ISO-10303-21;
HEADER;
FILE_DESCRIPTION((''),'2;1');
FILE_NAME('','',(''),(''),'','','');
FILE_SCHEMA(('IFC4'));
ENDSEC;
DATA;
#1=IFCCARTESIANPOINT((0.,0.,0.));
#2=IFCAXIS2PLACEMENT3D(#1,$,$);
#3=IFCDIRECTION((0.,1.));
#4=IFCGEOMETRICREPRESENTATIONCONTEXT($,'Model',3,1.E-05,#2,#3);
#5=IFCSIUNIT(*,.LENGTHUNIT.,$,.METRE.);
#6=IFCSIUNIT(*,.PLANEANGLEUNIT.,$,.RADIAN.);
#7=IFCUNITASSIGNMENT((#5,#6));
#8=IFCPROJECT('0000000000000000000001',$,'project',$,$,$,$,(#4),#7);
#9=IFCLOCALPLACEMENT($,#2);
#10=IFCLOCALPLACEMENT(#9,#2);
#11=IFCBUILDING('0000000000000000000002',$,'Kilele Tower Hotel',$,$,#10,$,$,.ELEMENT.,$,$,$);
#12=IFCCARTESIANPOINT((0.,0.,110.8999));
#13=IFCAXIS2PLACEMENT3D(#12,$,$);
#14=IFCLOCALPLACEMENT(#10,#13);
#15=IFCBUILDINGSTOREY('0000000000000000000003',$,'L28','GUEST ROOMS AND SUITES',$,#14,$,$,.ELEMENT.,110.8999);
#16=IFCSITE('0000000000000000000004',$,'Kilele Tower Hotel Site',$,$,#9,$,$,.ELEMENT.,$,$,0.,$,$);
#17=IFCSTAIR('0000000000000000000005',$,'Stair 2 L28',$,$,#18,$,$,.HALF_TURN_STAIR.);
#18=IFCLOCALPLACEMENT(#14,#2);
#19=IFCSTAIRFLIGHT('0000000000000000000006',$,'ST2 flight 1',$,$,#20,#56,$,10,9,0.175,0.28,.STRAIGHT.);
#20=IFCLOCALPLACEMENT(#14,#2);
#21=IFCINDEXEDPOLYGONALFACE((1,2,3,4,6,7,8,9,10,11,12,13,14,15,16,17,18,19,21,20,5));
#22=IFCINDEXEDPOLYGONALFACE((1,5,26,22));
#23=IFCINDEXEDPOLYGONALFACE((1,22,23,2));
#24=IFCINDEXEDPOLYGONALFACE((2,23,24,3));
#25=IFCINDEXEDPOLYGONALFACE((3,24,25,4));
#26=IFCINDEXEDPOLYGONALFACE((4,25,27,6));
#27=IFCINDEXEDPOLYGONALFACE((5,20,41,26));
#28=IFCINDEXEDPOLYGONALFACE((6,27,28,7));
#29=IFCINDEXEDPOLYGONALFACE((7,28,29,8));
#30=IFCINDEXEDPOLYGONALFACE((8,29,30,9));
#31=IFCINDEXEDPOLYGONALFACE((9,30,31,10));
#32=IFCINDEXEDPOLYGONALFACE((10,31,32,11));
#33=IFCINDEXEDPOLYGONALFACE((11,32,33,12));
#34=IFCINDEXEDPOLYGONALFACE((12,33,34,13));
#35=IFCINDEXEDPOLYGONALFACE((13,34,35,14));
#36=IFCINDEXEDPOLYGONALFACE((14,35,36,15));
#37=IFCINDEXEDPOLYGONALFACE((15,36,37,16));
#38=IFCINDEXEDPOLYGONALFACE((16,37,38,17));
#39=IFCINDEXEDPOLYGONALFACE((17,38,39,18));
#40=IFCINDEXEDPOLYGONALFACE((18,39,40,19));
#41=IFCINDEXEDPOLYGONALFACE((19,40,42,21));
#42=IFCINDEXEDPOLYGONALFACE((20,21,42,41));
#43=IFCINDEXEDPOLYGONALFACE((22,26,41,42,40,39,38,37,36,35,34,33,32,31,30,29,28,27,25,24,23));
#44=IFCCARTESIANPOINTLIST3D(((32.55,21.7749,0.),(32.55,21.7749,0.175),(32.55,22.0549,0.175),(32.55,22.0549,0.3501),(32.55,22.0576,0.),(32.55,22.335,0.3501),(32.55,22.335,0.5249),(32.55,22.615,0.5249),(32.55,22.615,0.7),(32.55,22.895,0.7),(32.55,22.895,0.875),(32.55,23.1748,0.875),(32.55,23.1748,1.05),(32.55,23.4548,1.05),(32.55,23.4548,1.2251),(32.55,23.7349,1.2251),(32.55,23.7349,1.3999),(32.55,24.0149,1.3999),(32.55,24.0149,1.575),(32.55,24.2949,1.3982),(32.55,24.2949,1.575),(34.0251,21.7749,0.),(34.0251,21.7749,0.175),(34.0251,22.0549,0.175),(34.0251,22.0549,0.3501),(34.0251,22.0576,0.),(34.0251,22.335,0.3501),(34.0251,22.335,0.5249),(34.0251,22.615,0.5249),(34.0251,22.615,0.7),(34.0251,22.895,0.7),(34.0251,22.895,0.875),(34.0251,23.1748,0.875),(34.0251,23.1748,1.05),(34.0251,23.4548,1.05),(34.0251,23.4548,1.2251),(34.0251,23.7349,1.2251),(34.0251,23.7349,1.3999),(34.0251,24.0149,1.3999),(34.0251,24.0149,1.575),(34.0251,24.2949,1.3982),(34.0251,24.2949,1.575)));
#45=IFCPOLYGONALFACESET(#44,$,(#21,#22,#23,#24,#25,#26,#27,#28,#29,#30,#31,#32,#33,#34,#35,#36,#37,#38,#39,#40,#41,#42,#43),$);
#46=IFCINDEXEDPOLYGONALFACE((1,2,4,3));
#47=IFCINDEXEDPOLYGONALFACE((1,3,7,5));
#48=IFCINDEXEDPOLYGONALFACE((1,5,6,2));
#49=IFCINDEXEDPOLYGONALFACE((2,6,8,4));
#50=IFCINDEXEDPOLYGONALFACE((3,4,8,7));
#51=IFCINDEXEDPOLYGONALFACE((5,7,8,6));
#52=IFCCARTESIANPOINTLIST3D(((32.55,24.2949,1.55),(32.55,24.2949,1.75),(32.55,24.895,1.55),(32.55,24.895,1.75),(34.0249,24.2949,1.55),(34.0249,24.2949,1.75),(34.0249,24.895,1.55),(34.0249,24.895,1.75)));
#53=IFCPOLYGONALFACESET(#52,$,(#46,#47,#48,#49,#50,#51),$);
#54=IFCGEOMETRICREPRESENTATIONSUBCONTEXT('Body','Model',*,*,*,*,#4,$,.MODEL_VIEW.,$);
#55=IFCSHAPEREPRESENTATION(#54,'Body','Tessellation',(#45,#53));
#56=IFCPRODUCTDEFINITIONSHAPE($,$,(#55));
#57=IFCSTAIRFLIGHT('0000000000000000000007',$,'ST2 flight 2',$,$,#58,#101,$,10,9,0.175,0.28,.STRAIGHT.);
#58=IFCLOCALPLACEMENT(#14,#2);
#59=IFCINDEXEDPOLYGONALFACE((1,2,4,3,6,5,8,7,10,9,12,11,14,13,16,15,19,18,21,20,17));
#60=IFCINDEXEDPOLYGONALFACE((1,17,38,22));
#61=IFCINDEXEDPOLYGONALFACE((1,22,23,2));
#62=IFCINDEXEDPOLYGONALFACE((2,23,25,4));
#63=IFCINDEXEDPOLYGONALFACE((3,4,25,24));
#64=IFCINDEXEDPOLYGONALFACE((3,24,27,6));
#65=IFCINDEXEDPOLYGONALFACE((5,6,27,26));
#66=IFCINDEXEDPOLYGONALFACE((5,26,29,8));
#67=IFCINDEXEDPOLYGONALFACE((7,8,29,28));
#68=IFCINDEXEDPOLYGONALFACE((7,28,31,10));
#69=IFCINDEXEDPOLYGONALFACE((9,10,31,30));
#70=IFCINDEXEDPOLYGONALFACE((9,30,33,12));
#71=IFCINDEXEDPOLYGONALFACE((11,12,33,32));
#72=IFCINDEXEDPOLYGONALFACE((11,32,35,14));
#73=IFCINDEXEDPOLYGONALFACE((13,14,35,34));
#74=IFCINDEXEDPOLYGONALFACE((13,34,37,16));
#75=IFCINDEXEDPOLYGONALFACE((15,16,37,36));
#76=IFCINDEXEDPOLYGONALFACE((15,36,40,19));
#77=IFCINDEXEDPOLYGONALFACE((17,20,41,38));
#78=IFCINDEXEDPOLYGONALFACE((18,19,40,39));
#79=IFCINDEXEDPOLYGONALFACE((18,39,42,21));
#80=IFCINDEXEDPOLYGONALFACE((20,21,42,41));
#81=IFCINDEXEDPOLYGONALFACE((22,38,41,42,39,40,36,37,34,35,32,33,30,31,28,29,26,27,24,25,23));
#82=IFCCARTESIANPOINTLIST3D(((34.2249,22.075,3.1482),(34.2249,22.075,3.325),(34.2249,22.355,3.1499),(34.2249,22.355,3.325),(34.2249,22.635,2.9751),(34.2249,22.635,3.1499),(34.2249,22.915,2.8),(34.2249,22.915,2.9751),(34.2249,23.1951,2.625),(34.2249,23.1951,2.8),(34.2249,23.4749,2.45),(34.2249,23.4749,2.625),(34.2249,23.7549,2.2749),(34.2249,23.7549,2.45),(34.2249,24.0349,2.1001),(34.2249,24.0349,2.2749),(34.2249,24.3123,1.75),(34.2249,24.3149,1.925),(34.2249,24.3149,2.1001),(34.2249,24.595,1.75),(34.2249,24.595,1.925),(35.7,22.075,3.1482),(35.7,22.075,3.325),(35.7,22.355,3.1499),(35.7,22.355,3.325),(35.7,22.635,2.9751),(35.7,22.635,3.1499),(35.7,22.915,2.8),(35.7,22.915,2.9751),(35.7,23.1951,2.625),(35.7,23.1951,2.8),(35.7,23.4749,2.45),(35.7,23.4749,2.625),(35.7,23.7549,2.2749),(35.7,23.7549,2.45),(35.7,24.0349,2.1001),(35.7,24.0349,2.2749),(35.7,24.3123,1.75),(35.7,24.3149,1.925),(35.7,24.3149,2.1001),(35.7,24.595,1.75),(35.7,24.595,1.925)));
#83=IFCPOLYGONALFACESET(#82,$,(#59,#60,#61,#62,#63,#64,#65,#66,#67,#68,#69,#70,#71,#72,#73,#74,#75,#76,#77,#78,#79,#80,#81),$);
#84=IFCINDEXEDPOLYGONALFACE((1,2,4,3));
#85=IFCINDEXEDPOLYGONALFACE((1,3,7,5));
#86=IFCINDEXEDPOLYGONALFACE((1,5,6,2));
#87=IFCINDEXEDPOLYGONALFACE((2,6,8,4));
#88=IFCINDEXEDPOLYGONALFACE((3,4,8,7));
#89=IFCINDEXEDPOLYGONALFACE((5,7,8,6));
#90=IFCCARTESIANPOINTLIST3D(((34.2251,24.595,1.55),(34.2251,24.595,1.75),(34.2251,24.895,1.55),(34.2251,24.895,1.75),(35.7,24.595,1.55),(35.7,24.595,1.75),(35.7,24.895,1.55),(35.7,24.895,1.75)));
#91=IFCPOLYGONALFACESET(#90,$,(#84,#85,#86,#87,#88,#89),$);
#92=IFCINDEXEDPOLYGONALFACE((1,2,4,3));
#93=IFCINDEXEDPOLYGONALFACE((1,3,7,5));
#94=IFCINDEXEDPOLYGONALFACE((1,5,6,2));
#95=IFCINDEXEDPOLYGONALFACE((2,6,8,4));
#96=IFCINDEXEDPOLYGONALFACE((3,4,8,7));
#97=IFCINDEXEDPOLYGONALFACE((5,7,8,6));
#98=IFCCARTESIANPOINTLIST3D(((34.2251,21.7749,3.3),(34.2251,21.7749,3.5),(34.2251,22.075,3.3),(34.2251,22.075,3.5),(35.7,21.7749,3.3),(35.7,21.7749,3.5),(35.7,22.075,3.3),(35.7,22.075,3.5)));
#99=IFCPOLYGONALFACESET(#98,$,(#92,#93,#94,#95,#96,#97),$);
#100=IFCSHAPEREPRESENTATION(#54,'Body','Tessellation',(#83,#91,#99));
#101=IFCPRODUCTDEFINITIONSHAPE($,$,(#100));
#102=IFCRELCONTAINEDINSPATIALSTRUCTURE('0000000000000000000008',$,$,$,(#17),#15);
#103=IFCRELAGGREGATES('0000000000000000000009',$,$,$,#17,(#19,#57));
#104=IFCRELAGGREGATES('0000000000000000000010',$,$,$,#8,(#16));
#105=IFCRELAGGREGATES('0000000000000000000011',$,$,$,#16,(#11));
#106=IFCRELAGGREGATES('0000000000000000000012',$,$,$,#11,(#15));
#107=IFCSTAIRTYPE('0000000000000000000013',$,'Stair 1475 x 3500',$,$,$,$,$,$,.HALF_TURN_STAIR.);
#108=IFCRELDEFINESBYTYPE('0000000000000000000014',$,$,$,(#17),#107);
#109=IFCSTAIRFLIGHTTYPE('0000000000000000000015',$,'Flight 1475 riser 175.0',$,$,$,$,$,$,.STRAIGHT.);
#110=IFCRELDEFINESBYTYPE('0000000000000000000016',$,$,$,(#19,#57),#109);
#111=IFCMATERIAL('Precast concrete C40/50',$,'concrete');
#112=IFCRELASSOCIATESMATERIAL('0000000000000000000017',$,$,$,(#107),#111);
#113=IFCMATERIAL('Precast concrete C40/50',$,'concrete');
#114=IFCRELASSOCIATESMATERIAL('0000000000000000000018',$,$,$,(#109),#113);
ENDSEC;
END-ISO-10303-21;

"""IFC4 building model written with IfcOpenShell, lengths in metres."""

from ifc_helpers import new_model, si_unit, direction, frame, origin, place, context, subcontext, project, spatial, polyline, outline, extrude, material, type_object, element, aggregate, save


model = new_model("IFC4")

# Units and contexts
model_context = context("Model", 3, precision=1e-05, world=origin(), true_north=direction((0.0, 1.0)))
body_context = subcontext(model_context, "Body", "Model", "MODEL_VIEW")
ifc_project = project(units=[si_unit("LENGTHUNIT", "METRE"), si_unit("PLANEANGLEUNIT", "RADIAN")], contexts=[model_context])

# Site, building, storey
site_placement = place(None, origin())
site = spatial("IfcSite", under=ifc_project, at=site_placement, Name="Kilele Tower Hotel Site", CompositionType="ELEMENT", RefElevation=0.0)
building_placement = place(site_placement, origin())
building = spatial("IfcBuilding", under=site, at=building_placement, Name="Kilele Tower Hotel", CompositionType="ELEMENT")
storey_placement = place(building_placement, frame((0.0, 0.0, 110.8999)))
storey = spatial("IfcBuildingStorey", under=building, at=storey_placement, Name="L28", Description="GUEST ROOMS AND SUITES", CompositionType="ELEMENT", Elevation=110.8999)

# Stair, stair flights
ifc_material_1 = material(Name="Precast concrete C40/50", Category="concrete")
stair_type = type_object("IfcStairType", Name="Stair 1475 x 3500", PredefinedType="HALF_TURN_STAIR", material=ifc_material_1)
stair_placement = place(storey_placement, origin())
stair = element("IfcStair", 1, at=stair_placement, inside=storey, type_object=stair_type, Name="Stair 2 L28", PredefinedType="HALF_TURN_STAIR")
ifc_material_2 = material(Name="Precast concrete C40/50", Category="concrete")
stair_flight_type = type_object("IfcStairFlightType", Name="Flight 1475 riser 175.0", PredefinedType="STRAIGHT", material=ifc_material_2)
stair_flight_1_placement = place(storey_placement, frame((33.2876, 21.7749, 0.0), z_axis=(0.0, 0.0, 1.0), x_axis=(0.0, 1.0, 0.0)))
stair_flight_1 = element("IfcStairFlight", 2, at=stair_flight_1_placement, type_object=stair_flight_type, Name="ST2 flight 1", NumberOfRisers=10, NumberOfTreads=9, PredefinedType="STRAIGHT", RiserHeight=0.175, TreadLength=0.28, context=body_context, shape_type="SweptSolid", body=[
    extrude(outline(polyline([(0.0, 0.0), (0.0, 0.175), (0.28, 0.175), (0.28, 0.3501), (0.5601, 0.3501), (0.5601, 0.5249), (0.8401, 0.5249), (0.8401, 0.7), (1.1201, 0.7), (1.1201, 0.875), (1.3999, 0.875), (1.3999, 1.05), (1.6799, 1.05), (1.6799, 1.2251), (1.96, 1.2251), (1.96, 1.3999), (2.24, 1.3999), (2.24, 1.575), (2.52, 1.575), (2.52, 1.75), (2.52, 1.3982), (0.2827, 0.0), (0.0, 0.0)])), frame((0.0, 0.7375, 0.0), z_axis=(0.0, -1.0, 0.0), x_axis=(1.0, 0.0, 0.0)), (0.0, 0.0, 1.0), 1.4751),
    extrude(outline(polyline([(2.52, 0.7375), (2.52, -0.7373), (3.1201, -0.7373), (3.1201, 0.7375), (2.52, 0.7375)])), frame((0.0, 0.0, 1.55)), (0.0, 0.0, 1.0), 0.2),
])
stair_flight_2_placement = place(storey_placement, frame((34.9624, 24.595, 1.75), z_axis=(0.0, 0.0, 1.0), x_axis=(0.0, -1.0, 0.0)))
stair_flight_2 = element("IfcStairFlight", 3, at=stair_flight_2_placement, type_object=stair_flight_type, Name="ST2 flight 2", NumberOfRisers=10, NumberOfTreads=9, PredefinedType="STRAIGHT", RiserHeight=0.175, TreadLength=0.28, context=body_context, shape_type="SweptSolid", body=[
    extrude(outline(polyline([(0.0, 0.0), (0.0, 0.175), (0.28, 0.175), (0.28, 0.3501), (0.5601, 0.3501), (0.5601, 0.5249), (0.8401, 0.5249), (0.8401, 0.7), (1.1201, 0.7), (1.1201, 0.875), (1.3999, 0.875), (1.3999, 1.05), (1.6799, 1.05), (1.6799, 1.2251), (1.96, 1.2251), (1.96, 1.3999), (2.24, 1.3999), (2.24, 1.575), (2.52, 1.575), (2.52, 1.75), (2.52, 1.3982), (0.2827, 0.0), (0.0, 0.0)])), frame((0.0, 0.7375, 0.0), z_axis=(0.0, -1.0, 0.0), x_axis=(1.0, 0.0, 0.0)), (0.0, 0.0, 1.0), 1.4751),
    extrude(outline(polyline([(0.0, -0.7373), (0.0, 0.7375), (-0.3, 0.7375), (-0.3, -0.7373), (0.0, -0.7373)])), frame((0.0, 0.0, -0.2)), (0.0, 0.0, 1.0), 0.2),
    extrude(outline(polyline([(2.8201, -0.7373), (2.8201, 0.7375), (2.52, 0.7375), (2.52, -0.7373), (2.8201, -0.7373)])), frame((0.0, 0.0, 1.55)), (0.0, 0.0, 1.0), 0.2),
])
aggregate(stair, [stair_flight_1, stair_flight_2])

save(model, "model.ifc")
